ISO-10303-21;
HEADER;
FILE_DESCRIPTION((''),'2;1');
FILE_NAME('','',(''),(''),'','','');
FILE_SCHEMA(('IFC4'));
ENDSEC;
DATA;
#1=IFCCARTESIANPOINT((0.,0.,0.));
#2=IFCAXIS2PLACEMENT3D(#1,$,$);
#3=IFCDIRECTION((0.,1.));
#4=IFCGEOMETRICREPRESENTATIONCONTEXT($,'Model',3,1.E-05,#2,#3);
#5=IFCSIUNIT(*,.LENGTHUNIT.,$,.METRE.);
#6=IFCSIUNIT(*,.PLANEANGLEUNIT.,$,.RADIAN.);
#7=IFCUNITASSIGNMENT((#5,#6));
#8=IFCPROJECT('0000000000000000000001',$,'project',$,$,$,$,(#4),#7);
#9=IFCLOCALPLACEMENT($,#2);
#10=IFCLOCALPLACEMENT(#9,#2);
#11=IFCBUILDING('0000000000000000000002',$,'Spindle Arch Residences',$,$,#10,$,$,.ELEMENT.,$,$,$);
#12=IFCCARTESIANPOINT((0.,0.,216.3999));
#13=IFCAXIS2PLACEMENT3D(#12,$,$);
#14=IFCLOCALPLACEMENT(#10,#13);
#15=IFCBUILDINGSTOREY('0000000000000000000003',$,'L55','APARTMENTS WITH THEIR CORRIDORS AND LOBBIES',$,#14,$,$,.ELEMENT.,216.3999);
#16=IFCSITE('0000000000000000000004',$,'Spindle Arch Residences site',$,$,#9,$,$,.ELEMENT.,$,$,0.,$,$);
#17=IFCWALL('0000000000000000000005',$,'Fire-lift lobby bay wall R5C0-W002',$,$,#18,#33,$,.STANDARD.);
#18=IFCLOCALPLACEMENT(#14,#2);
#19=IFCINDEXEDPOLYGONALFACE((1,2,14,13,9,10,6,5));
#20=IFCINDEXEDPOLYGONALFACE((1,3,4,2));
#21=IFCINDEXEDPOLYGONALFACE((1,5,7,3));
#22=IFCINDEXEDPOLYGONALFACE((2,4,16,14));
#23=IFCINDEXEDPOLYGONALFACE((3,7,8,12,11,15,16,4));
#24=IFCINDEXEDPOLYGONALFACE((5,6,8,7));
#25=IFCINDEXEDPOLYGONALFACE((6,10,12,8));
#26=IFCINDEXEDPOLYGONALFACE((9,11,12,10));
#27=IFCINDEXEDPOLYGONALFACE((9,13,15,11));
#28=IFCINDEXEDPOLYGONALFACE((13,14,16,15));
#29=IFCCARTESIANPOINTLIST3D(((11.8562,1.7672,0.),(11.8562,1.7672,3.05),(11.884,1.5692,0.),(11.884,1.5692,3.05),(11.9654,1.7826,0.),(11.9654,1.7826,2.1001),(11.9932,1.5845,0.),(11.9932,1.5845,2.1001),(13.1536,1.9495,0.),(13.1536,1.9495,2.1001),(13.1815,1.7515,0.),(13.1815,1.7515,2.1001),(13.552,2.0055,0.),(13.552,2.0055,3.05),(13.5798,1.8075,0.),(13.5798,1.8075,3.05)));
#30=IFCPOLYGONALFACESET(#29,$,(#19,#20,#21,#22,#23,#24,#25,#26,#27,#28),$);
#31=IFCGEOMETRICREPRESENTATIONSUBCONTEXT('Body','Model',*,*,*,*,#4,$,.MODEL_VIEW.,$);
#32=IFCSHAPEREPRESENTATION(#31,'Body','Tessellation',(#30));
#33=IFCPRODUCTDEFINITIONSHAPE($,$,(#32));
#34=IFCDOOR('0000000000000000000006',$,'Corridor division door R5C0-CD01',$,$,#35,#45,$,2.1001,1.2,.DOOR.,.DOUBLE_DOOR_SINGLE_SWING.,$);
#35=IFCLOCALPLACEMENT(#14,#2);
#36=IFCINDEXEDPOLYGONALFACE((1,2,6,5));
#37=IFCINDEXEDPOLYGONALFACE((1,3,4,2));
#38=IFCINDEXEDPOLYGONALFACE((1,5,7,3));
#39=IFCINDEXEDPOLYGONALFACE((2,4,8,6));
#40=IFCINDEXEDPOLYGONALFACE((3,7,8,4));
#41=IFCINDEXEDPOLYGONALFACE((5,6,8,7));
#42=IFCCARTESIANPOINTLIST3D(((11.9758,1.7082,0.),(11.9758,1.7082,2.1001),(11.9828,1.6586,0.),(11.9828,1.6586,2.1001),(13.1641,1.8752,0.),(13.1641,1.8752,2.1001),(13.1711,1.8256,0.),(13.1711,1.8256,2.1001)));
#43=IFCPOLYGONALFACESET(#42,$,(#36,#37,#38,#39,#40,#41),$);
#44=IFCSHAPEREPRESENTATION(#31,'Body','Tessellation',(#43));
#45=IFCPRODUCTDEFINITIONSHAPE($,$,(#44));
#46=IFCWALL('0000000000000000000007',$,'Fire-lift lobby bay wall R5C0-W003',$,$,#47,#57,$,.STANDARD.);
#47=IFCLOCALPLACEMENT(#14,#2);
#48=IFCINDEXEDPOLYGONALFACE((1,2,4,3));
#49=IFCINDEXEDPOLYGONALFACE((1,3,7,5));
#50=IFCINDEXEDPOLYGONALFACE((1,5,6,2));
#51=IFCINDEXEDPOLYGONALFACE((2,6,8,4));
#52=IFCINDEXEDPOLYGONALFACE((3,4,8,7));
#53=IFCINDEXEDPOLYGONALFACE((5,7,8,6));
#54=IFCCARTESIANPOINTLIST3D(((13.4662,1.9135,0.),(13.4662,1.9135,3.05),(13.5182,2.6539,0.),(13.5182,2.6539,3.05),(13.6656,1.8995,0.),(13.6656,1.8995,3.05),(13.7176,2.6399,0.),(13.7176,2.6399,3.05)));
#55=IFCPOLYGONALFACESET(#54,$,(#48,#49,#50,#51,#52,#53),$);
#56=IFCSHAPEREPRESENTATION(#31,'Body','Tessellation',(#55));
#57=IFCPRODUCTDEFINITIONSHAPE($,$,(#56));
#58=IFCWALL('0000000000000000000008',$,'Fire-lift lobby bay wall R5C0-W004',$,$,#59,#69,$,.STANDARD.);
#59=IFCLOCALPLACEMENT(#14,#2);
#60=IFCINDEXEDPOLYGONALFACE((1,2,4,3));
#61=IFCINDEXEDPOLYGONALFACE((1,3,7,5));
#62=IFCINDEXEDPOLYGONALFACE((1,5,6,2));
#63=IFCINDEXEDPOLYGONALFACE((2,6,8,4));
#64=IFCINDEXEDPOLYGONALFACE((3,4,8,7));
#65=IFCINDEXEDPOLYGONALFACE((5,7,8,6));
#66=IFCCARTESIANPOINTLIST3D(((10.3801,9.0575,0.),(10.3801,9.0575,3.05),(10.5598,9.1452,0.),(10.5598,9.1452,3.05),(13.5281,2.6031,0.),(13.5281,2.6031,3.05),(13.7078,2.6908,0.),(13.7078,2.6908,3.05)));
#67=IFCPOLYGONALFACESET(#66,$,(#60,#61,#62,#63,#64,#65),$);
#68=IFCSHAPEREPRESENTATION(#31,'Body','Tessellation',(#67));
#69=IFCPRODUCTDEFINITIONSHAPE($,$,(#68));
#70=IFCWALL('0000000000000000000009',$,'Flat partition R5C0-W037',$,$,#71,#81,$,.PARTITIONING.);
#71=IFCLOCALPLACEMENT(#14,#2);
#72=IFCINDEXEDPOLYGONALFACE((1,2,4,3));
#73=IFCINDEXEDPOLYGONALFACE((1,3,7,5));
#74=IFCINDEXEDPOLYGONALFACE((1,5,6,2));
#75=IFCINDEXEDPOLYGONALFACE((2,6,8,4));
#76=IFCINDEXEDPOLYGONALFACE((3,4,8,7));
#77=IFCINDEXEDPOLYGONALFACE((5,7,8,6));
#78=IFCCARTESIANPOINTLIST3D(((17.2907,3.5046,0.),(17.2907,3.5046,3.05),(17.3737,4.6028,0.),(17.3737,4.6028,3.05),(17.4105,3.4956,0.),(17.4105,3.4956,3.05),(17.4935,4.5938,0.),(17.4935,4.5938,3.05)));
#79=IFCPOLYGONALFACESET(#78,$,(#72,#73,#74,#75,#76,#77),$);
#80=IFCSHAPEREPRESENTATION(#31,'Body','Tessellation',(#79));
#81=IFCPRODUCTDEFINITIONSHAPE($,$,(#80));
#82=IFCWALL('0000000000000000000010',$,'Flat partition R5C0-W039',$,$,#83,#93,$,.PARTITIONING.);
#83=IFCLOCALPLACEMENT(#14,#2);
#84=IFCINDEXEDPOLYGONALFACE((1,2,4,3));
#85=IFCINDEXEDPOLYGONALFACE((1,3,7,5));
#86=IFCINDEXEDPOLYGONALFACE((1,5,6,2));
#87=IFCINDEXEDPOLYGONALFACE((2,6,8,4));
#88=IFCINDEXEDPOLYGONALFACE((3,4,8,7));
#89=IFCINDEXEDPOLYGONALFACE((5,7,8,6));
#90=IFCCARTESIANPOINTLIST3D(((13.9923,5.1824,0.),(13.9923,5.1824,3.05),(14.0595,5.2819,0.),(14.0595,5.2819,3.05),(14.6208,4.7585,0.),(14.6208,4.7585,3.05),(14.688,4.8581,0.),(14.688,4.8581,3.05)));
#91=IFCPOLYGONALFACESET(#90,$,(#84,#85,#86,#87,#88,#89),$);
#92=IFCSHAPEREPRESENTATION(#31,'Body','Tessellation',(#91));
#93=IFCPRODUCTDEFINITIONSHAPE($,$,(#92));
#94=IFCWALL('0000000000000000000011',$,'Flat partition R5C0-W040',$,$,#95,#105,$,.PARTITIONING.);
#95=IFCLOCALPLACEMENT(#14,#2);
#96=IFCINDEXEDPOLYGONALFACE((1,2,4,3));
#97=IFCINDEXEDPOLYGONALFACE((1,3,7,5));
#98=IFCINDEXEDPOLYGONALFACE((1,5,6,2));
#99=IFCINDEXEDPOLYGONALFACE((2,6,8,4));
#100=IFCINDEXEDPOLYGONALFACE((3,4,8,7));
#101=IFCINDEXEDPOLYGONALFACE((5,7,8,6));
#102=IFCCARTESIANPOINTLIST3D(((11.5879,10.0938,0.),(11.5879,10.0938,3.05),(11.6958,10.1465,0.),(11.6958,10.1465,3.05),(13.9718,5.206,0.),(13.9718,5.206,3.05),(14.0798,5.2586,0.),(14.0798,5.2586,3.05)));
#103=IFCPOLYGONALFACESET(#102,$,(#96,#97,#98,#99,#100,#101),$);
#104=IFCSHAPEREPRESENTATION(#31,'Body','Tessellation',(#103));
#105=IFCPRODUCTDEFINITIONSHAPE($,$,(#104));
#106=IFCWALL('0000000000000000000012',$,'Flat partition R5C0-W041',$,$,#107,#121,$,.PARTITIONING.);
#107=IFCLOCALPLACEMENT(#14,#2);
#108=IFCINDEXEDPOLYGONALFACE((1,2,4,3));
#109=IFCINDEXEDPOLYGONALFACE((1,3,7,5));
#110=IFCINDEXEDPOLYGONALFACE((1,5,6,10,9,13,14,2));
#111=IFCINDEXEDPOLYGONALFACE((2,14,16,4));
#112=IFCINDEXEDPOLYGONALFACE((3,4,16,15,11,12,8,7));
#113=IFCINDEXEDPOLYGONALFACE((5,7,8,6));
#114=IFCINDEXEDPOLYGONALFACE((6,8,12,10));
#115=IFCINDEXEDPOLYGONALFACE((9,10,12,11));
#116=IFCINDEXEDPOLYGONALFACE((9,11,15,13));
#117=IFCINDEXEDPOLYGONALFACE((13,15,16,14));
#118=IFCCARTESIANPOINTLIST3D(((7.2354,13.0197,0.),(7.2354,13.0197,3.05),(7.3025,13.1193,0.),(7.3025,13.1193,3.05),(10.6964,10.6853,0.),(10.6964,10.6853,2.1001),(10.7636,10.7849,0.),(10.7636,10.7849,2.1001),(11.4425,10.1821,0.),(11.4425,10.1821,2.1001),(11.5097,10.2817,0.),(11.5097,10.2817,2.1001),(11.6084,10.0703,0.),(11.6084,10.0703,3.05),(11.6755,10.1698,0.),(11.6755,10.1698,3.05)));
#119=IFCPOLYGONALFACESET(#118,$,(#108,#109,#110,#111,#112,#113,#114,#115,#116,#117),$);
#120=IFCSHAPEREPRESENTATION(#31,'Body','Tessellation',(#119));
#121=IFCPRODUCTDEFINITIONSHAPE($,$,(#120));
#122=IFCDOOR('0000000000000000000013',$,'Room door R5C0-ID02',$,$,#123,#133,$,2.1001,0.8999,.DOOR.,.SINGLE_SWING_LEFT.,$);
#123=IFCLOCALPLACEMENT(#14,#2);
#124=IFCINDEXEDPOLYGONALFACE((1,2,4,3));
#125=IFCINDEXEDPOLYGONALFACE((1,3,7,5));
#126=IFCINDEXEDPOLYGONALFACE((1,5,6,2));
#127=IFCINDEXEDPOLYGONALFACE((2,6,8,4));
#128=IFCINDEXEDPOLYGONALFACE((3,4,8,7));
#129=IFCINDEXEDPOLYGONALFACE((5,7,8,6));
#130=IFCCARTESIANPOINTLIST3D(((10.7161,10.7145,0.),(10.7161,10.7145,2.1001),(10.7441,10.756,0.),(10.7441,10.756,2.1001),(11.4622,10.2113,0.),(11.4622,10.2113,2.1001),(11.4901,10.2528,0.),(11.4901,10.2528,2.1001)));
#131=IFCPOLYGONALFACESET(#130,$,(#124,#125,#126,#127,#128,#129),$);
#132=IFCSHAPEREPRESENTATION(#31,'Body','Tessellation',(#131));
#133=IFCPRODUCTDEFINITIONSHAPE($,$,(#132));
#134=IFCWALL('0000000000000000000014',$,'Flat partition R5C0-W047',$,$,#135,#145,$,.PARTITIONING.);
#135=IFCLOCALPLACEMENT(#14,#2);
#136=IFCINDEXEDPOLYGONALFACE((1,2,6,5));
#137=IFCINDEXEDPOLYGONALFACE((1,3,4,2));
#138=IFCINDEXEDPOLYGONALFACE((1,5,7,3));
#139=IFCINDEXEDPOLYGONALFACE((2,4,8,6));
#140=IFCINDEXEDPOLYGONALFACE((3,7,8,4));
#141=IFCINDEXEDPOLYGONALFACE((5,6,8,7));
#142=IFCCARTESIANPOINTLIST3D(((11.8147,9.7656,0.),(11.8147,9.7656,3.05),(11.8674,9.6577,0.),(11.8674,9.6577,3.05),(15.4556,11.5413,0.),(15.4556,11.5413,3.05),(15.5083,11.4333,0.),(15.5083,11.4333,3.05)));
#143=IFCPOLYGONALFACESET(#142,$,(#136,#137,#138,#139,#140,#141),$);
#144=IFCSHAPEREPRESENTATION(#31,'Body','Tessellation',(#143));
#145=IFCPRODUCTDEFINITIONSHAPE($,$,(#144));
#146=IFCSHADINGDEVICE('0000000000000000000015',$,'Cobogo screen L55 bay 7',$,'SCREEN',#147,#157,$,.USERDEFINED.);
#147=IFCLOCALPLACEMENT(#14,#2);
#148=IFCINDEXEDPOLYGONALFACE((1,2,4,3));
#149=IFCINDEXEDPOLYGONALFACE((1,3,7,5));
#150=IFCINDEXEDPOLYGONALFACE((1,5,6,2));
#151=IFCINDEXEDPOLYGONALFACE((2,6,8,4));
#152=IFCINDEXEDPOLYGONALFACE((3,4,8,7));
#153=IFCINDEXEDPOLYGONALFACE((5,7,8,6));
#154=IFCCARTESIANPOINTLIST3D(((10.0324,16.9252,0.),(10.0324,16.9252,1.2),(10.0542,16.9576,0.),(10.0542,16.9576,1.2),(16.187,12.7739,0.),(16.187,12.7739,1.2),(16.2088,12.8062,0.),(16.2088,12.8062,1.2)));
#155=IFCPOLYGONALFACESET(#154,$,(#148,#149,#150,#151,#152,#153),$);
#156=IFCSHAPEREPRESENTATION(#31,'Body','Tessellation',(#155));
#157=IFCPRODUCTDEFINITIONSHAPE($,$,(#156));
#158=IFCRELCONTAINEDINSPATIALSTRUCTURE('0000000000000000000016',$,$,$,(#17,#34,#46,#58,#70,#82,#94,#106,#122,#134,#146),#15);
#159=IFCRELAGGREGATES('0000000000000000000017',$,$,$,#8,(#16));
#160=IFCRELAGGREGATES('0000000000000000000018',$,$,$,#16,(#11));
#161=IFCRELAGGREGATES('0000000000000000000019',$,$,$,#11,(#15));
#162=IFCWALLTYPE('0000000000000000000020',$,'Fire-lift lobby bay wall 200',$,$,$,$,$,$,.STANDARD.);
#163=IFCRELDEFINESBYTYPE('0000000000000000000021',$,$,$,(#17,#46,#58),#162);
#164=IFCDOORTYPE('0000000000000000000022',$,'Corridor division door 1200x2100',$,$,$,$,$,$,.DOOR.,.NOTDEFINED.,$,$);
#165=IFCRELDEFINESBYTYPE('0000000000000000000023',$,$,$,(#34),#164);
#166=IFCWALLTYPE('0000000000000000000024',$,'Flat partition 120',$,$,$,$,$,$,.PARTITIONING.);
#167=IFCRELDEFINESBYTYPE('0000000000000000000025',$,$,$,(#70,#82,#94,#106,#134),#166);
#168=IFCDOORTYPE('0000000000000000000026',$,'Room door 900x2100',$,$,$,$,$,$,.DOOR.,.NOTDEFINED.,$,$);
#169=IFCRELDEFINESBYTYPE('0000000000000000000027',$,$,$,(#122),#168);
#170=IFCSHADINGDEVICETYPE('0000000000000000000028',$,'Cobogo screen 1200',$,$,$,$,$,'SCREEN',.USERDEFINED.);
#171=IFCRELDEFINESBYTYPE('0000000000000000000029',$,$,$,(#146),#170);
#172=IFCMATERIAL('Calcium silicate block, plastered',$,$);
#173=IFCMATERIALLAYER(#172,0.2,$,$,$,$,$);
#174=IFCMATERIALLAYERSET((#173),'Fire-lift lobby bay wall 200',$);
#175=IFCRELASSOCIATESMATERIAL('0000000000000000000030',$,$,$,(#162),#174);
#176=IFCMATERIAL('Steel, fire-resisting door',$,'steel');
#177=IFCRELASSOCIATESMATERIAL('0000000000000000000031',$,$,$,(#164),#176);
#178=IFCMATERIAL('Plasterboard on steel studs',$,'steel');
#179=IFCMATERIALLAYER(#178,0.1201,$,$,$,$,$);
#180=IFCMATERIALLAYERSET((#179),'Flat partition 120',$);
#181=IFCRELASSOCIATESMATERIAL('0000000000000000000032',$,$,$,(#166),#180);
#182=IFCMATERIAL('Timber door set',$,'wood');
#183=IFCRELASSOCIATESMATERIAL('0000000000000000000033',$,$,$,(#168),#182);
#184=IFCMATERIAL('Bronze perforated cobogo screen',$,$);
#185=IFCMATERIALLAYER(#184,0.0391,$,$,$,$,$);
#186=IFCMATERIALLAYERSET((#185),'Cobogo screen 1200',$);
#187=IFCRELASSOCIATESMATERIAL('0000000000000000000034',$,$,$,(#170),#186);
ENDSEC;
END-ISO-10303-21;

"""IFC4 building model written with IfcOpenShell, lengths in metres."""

from ifc_helpers import new_model, si_unit, direction, frame, frame_2d, origin, origin_2d, place, context, subcontext, project, spatial, rectangle, extrude, material, layer, layer_set, type_object, element, fill, save


model = new_model("IFC4")

# Units and contexts
model_context = context("Model", 3, precision=1e-05, world=origin(), true_north=direction((0.0, 1.0)))
body_context = subcontext(model_context, "Body", "Model", "MODEL_VIEW")
ifc_project = project(units=[si_unit("LENGTHUNIT", "METRE"), si_unit("PLANEANGLEUNIT", "RADIAN")], contexts=[model_context])

# Site, building, storey
site_placement = place(None, origin())
site = spatial("IfcSite", under=ifc_project, at=site_placement, Name="Spindle Arch Residences site", CompositionType="ELEMENT", RefElevation=0.0)
building_placement = place(site_placement, origin())
building = spatial("IfcBuilding", under=site, at=building_placement, Name="Spindle Arch Residences", CompositionType="ELEMENT")
storey_placement = place(building_placement, frame((0.0, 0.0, 216.3999)))
storey = spatial("IfcBuildingStorey", under=building, at=storey_placement, Name="L55", Description="APARTMENTS WITH THEIR CORRIDORS AND LOBBIES", CompositionType="ELEMENT", Elevation=216.3999)

# Shared definitions
ifc_material_1 = material(Name="Calcium silicate block, plastered")
ifc_layer_1 = layer(ifc_material_1, 0.2)
ifc_layer_set_1 = layer_set([ifc_layer_1], Name="Fire-lift lobby bay wall 200")
wall_type_1 = type_object("IfcWallType", Name="Fire-lift lobby bay wall 200", PredefinedType="STANDARD", material=ifc_layer_set_1)

# Wall, opening, door
wall_1_placement = place(storey_placement, frame((11.8701, 1.6682, 0.0), z_axis=(0.0, 0.0, 1.0), x_axis=(0.990272, 0.139146, 0.0)))
wall_1 = element("IfcWall", 1, at=wall_1_placement, inside=storey, type_object=wall_type_1, Name="Fire-lift lobby bay wall R5C0-W002", PredefinedType="STANDARD", context=body_context, shape_type="SweptSolid", body=[
    extrude(rectangle(XDim=1.7124, YDim=0.2, at=frame_2d((0.8562, 0.0))), origin(), (0.0, 0.0, 1.0), 3.05),
])
opening_1_placement = place(wall_1_placement, frame((0.1101, 0.0, 0.0)))
opening_1 = element("IfcOpeningElement", 2, at=opening_1_placement, cuts=wall_1, PredefinedType="OPENING", context=body_context, shape_type="SweptSolid", body=[
    extrude(rectangle(XDim=1.2, YDim=2.1001, at=frame_2d((0.6001, 1.05))), frame((0.0, 0.1099, 0.0), z_axis=(0.0, -1.0, 0.0), x_axis=(1.0, 0.0, 0.0)), (0.0, 0.0, 1.0), 0.22),
])
ifc_material_2 = material(Name="Steel, fire-resisting door", Category="steel")
door_type_1 = type_object("IfcDoorType", Name="Corridor division door 1200x2100", OperationType="NOTDEFINED", PredefinedType="DOOR", material=ifc_material_2)
door_1_placement = place(opening_1_placement, origin())
door_1 = element("IfcDoor", 3, at=door_1_placement, inside=storey, type_object=door_type_1, Name="Corridor division door R5C0-CD01", OperationType="DOUBLE_DOOR_SINGLE_SWING", OverallHeight=2.1001, OverallWidth=1.2, PredefinedType="DOOR", context=body_context, shape_type="SweptSolid", body=[
    extrude(rectangle(XDim=1.2, YDim=2.1001, at=frame_2d((0.6001, 1.05))), frame((0.0, 0.0249, 0.0), z_axis=(0.0, -1.0, 0.0), x_axis=(1.0, 0.0, 0.0)), (0.0, 0.0, 1.0), 0.05),
])
fill(opening_1, door_1)

# Walls
wall_2_placement = place(storey_placement, frame((13.5659, 1.9065, 0.0), z_axis=(0.0, 0.0, 1.0), x_axis=(0.070055, 0.997543, 0.0)))
element("IfcWall", 4, at=wall_2_placement, inside=storey, type_object=wall_type_1, Name="Fire-lift lobby bay wall R5C0-W003", PredefinedType="STANDARD", context=body_context, shape_type="SweptSolid", body=[
    extrude(rectangle(XDim=0.7422, YDim=0.2, at=frame_2d((0.3711, 0.0))), origin(), (0.0, 0.0, 1.0), 3.05),
])
wall_3_placement = place(storey_placement, frame((13.6179, 2.647, 0.0), z_axis=(0.0, 0.0, 1.0), x_axis=(-0.438366, 0.898797, 0.0)))
element("IfcWall", 5, at=wall_3_placement, inside=storey, type_object=wall_type_1, Name="Fire-lift lobby bay wall R5C0-W004", PredefinedType="STANDARD", context=body_context, shape_type="SweptSolid", body=[
    extrude(rectangle(XDim=7.1812, YDim=0.2, at=frame_2d((3.5906, 0.0))), origin(), (0.0, 0.0, 1.0), 3.05),
])
ifc_material_3 = material(Name="Plasterboard on steel studs", Category="steel")
ifc_layer_2 = layer(ifc_material_3, 0.1201)
ifc_layer_set_2 = layer_set([ifc_layer_2], Name="Flat partition 120")
wall_type_2 = type_object("IfcWallType", Name="Flat partition 120", PredefinedType="PARTITIONING", material=ifc_layer_set_2)
wall_4_placement = place(storey_placement, frame((17.3506, 3.5, 0.0), z_axis=(0.0, 0.0, 1.0), x_axis=(0.075374, 0.997155, 0.0)))
element("IfcWall", 6, at=wall_4_placement, inside=storey, type_object=wall_type_2, Name="Flat partition R5C0-W037", PredefinedType="PARTITIONING", context=body_context, shape_type="SweptSolid", body=[
    extrude(rectangle(XDim=1.1013, YDim=0.1201, at=frame_2d((0.5508, 0.0))), origin(), (0.0, 0.0, 1.0), 3.05),
])
wall_5_placement = place(storey_placement, frame((14.6543, 4.8083, 0.0), z_axis=(0.0, 0.0, 1.0), x_axis=(-0.829065, 0.559152, 0.0)))
element("IfcWall", 7, at=wall_5_placement, inside=storey, type_object=wall_type_2, Name="Flat partition R5C0-W039", PredefinedType="PARTITIONING", context=body_context, shape_type="SweptSolid", body=[
    extrude(rectangle(XDim=0.7581, YDim=0.1201, at=frame_2d((0.3789, 0.0))), origin(), (0.0, 0.0, 1.0), 3.05),
])
wall_6_placement = place(storey_placement, frame((14.0259, 5.2322, 0.0), z_axis=(0.0, 0.0, 1.0), x_axis=(-0.438375, 0.898792, 0.0)))
element("IfcWall", 8, at=wall_6_placement, inside=storey, type_object=wall_type_2, Name="Flat partition R5C0-W040", PredefinedType="PARTITIONING", context=body_context, shape_type="SweptSolid", body=[
    extrude(rectangle(XDim=5.4382, YDim=0.1201, at=frame_2d((2.7192, 0.0))), origin(), (0.0, 0.0, 1.0), 3.05),
])

# Wall, opening, door
wall_7_placement = place(storey_placement, frame((11.6418, 10.1201, 0.0), z_axis=(0.0, 0.0, 1.0), x_axis=(-0.829055, 0.559168, 0.0)))
wall_7 = element("IfcWall", 9, at=wall_7_placement, inside=storey, type_object=wall_type_2, Name="Flat partition R5C0-W041", PredefinedType="PARTITIONING", context=body_context, shape_type="SweptSolid", body=[
    extrude(rectangle(XDim=5.2747, YDim=0.1201, at=frame_2d((2.6372, 0.0))), origin(), (0.0, 0.0, 1.0), 3.05),
])
opening_2_placement = place(wall_7_placement, frame((0.2, 0.0, 0.0)))
opening_2 = element("IfcOpeningElement", 10, at=opening_2_placement, cuts=wall_7, PredefinedType="OPENING", context=body_context, shape_type="SweptSolid", body=[
    extrude(rectangle(XDim=0.8999, YDim=2.1001, at=frame_2d((0.45, 1.05))), frame((0.0, 0.0701, 0.0), z_axis=(0.0, -1.0, 0.0), x_axis=(1.0, 0.0, 0.0)), (0.0, 0.0, 1.0), 0.1401),
])
ifc_material_4 = material(Name="Timber door set", Category="wood")
door_type_2 = type_object("IfcDoorType", Name="Room door 900x2100", OperationType="NOTDEFINED", PredefinedType="DOOR", material=ifc_material_4)
door_2_placement = place(opening_2_placement, origin())
door_2 = element("IfcDoor", 11, at=door_2_placement, inside=storey, type_object=door_type_2, Name="Room door R5C0-ID02", OperationType="SINGLE_SWING_LEFT", OverallHeight=2.1001, OverallWidth=0.8999, PredefinedType="DOOR", context=body_context, shape_type="SweptSolid", body=[
    extrude(rectangle(XDim=0.8999, YDim=2.1001, at=frame_2d((0.45, 1.05))), frame((0.0, 0.0249, 0.0), z_axis=(0.0, -1.0, 0.0), x_axis=(1.0, 0.0, 0.0)), (0.0, 0.0, 1.0), 0.05),
])
fill(opening_2, door_2)

# Wall
wall_8_placement = place(storey_placement, frame((15.4819, 11.4873, 0.0), z_axis=(0.0, 0.0, 1.0), x_axis=(-0.898807, -0.438344, 0.0)))
element("IfcWall", 12, at=wall_8_placement, inside=storey, type_object=wall_type_2, Name="Flat partition R5C0-W047", PredefinedType="PARTITIONING", context=body_context, shape_type="SweptSolid", body=[
    extrude(rectangle(XDim=4.0508, YDim=0.1201, at=frame_2d((2.0254, 0.0))), origin(), (0.0, 0.0, 1.0), 3.05),
])

# Shading device
ifc_material_5 = material(Name="Bronze perforated cobogo screen")
ifc_layer_3 = layer(ifc_material_5, 0.0391)
ifc_layer_set_3 = layer_set([ifc_layer_3], Name="Cobogo screen 1200")
shading_device_type = type_object("IfcShadingDeviceType", Name="Cobogo screen 1200", ElementType="SCREEN", PredefinedType="USERDEFINED", material=ifc_layer_set_3)
shading_device_placement = place(storey_placement, frame((13.1206, 14.8657, 0.0), z_axis=(0.0, 0.0, 1.0), x_axis=(-0.829038, 0.559193, 0.0)))
element("IfcShadingDevice", 13, at=shading_device_placement, inside=storey, type_object=shading_device_type, Name="Cobogo screen L55 bay 7", ObjectType="SCREEN", PredefinedType="USERDEFINED", context=body_context, shape_type="SweptSolid", body=[
    extrude(rectangle(XDim=7.4238, YDim=0.0391, at=origin_2d()), origin(), (0.0, 0.0, 1.0), 1.2),
])

save(model, "model.ifc")
